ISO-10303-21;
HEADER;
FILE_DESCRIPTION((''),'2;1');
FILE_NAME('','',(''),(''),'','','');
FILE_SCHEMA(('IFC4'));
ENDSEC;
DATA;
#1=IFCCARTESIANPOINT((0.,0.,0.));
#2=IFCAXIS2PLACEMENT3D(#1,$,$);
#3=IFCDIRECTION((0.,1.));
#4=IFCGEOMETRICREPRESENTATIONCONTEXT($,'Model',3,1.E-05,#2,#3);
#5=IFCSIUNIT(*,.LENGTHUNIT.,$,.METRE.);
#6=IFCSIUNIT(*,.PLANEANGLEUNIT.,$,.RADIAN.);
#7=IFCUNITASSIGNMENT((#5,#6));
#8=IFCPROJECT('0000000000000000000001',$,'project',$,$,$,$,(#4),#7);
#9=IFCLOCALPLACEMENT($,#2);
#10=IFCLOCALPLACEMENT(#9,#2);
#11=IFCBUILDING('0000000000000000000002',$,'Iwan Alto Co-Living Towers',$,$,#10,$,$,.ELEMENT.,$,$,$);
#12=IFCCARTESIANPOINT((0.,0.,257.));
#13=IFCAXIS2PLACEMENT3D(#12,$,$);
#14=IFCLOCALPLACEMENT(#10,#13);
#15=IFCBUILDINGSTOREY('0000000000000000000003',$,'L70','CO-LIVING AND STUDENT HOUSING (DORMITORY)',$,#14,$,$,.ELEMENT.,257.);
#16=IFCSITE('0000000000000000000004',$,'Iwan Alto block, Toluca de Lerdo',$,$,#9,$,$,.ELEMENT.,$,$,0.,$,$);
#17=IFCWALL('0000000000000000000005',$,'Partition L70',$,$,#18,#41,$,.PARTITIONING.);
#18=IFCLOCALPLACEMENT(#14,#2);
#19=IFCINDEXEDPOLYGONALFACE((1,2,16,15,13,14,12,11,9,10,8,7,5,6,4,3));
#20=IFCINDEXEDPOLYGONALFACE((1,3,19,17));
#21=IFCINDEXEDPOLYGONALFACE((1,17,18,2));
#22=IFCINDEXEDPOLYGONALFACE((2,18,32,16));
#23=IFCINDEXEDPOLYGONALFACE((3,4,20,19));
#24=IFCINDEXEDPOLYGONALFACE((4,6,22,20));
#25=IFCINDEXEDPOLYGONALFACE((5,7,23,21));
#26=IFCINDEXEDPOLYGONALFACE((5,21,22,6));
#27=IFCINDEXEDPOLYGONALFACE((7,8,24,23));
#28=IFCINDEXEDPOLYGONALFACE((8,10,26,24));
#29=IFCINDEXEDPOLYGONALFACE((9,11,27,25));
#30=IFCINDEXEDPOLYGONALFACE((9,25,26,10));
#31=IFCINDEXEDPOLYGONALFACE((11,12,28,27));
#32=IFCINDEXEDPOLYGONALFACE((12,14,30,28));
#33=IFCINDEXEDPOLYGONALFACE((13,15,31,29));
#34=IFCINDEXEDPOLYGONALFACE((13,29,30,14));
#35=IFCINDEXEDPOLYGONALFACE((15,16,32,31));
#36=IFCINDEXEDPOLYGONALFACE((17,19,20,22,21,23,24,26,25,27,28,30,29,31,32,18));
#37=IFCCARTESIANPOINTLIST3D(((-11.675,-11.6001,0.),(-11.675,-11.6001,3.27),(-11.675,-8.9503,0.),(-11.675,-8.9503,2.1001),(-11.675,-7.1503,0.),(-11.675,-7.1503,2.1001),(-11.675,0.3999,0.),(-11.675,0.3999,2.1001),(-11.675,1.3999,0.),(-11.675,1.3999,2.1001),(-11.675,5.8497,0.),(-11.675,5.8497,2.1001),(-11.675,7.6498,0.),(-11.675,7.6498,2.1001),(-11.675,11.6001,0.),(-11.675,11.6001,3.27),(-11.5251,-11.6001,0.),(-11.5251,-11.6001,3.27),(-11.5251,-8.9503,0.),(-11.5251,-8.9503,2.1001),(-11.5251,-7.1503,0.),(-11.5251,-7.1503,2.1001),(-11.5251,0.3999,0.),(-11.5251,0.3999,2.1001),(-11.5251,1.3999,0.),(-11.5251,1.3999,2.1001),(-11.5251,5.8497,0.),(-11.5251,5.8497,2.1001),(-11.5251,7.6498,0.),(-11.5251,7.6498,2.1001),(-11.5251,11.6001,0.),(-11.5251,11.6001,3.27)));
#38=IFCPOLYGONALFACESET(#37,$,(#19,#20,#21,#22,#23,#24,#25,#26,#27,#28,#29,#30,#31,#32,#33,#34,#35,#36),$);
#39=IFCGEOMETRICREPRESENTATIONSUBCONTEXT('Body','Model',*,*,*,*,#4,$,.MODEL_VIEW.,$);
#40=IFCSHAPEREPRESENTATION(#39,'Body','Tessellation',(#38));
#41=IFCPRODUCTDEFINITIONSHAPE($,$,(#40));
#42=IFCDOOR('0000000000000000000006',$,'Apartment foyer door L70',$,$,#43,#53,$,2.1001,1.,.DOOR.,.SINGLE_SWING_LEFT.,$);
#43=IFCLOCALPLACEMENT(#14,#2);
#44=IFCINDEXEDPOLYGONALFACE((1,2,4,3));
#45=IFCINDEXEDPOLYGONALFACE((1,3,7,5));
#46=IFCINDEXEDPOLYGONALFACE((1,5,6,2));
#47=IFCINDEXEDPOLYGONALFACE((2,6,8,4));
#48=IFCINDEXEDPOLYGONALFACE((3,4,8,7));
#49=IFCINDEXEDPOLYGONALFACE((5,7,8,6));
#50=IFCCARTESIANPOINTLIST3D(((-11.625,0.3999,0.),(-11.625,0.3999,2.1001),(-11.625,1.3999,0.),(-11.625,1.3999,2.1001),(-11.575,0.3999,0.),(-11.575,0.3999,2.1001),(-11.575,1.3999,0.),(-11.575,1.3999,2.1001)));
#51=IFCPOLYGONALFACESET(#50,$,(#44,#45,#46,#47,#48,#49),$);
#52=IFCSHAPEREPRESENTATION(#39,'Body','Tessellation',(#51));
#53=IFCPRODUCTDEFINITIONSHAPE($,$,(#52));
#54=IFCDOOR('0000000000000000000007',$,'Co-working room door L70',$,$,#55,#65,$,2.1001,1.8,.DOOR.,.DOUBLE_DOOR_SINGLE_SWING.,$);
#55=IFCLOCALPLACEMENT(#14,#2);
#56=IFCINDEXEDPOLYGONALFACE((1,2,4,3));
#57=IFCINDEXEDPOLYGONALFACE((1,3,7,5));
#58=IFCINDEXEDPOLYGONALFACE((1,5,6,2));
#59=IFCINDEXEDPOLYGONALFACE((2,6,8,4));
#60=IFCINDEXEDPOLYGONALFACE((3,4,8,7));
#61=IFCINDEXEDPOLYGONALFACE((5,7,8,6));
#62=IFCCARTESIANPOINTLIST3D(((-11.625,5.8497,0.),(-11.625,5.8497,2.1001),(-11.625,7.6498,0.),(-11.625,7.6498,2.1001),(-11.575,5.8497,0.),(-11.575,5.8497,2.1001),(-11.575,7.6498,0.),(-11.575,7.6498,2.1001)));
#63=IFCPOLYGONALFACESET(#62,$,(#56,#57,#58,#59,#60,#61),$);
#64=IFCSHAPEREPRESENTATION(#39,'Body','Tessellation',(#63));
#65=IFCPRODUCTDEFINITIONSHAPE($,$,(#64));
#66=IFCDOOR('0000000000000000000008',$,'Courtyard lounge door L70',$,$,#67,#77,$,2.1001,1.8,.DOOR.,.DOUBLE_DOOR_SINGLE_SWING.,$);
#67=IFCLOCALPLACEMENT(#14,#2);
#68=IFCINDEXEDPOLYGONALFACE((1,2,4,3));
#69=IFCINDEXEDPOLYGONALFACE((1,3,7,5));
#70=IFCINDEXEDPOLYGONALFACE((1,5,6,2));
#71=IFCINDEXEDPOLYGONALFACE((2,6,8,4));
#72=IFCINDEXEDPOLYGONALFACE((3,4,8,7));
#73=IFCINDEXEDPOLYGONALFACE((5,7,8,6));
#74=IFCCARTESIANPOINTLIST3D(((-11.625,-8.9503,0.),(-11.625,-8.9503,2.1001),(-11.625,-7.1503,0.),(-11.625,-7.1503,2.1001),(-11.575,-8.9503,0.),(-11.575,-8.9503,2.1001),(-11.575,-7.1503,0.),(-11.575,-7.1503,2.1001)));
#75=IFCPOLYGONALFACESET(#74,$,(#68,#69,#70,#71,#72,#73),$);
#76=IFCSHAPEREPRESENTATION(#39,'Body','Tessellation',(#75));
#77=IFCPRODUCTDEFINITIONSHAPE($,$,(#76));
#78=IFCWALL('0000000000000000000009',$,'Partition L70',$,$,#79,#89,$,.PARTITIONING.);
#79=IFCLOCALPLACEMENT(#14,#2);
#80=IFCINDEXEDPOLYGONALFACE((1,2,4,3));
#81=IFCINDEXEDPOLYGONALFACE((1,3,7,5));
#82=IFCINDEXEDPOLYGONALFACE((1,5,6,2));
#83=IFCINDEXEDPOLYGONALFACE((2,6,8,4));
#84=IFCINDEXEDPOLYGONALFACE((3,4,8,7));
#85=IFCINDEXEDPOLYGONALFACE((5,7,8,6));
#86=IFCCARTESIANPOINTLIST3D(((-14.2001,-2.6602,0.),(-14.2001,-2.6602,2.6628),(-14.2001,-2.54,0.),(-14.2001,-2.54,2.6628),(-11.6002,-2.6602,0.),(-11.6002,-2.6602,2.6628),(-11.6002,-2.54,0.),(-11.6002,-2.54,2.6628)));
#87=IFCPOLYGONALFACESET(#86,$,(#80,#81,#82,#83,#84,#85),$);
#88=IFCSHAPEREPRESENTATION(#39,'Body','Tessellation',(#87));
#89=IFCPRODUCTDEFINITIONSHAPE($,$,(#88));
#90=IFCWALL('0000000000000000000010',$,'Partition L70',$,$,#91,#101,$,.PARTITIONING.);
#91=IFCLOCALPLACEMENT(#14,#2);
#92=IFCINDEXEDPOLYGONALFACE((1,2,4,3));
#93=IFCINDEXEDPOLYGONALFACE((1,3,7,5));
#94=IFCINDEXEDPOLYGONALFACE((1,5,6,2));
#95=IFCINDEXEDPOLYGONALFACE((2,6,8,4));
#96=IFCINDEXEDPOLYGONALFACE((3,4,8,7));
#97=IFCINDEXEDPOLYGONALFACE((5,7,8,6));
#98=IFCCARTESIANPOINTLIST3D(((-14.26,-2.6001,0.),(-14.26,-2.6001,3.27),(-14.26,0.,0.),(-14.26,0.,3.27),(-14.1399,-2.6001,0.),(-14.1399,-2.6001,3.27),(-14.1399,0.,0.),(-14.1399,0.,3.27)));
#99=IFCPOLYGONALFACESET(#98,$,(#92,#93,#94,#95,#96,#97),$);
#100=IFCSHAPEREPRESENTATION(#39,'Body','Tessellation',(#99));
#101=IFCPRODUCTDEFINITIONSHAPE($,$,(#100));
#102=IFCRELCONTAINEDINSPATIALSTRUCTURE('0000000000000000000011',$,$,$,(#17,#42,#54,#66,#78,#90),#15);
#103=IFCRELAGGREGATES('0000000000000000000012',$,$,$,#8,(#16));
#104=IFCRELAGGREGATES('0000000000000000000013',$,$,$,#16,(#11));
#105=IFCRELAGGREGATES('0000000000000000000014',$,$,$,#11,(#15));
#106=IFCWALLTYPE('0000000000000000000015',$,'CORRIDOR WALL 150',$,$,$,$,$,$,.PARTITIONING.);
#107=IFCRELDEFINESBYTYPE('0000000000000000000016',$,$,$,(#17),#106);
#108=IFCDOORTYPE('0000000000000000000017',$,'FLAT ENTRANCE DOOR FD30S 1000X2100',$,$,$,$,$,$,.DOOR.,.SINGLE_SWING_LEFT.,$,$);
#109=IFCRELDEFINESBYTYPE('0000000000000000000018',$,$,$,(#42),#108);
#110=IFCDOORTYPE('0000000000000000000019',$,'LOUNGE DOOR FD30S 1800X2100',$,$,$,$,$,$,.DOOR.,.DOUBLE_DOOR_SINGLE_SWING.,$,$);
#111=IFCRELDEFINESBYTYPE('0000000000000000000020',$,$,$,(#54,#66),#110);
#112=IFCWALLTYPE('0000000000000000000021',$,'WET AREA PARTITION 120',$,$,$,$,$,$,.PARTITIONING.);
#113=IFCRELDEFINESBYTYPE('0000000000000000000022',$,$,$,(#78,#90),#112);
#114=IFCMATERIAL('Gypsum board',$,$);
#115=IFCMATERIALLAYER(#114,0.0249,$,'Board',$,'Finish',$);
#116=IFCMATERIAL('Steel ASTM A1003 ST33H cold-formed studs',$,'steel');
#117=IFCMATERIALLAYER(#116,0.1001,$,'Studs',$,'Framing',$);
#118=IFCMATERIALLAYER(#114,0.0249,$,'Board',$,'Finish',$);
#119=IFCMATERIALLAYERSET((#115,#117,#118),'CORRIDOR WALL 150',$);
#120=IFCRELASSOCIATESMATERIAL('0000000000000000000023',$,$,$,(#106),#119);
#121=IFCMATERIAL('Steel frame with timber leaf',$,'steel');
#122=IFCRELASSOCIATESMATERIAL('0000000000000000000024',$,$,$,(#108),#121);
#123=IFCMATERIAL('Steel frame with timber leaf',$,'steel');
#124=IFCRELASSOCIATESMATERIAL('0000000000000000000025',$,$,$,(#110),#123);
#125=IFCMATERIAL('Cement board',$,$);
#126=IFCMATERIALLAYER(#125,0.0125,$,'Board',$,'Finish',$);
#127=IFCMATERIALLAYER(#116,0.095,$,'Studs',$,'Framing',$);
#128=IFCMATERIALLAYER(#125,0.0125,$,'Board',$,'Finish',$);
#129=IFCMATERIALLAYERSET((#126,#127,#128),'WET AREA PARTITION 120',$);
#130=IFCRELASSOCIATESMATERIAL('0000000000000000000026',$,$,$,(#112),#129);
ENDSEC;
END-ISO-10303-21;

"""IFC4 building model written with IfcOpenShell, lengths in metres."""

from ifc_helpers import new_model, si_unit, direction, frame, frame_2d, origin, place, context, subcontext, project, spatial, rectangle, extrude, material, layer, layer_set, type_object, element, fill, save


model = new_model("IFC4")

# Units and contexts
model_context = context("Model", 3, precision=1e-05, world=origin(), true_north=direction((0.0, 1.0)))
body_context = subcontext(model_context, "Body", "Model", "MODEL_VIEW")
ifc_project = project(units=[si_unit("LENGTHUNIT", "METRE"), si_unit("PLANEANGLEUNIT", "RADIAN")], contexts=[model_context])

# Site, building, storey
site_placement = place(None, origin())
site = spatial("IfcSite", under=ifc_project, at=site_placement, Name="Iwan Alto block, Toluca de Lerdo", CompositionType="ELEMENT", RefElevation=0.0)
building_placement = place(site_placement, origin())
building = spatial("IfcBuilding", under=site, at=building_placement, Name="Iwan Alto Co-Living Towers", CompositionType="ELEMENT")
storey_placement = place(building_placement, frame((0.0, 0.0, 257.0)))
storey = spatial("IfcBuildingStorey", under=building, at=storey_placement, Name="L70", Description="CO-LIVING AND STUDENT HOUSING (DORMITORY)", CompositionType="ELEMENT", Elevation=257.0)

# Wall, openings, doors
ifc_material_1 = material(Name="Gypsum board")
ifc_layer_1 = layer(ifc_material_1, 0.0249, Name="Board", Category="Finish")
ifc_material_2 = material(Name="Steel ASTM A1003 ST33H cold-formed studs", Category="steel")
ifc_layer_2 = layer(ifc_material_2, 0.1001, Name="Studs", Category="Framing")
ifc_layer_3 = layer(ifc_material_1, 0.0249, Name="Board", Category="Finish")
ifc_layer_set_1 = layer_set([ifc_layer_1, ifc_layer_2, ifc_layer_3], Name="CORRIDOR WALL 150")
wall_type_1 = type_object("IfcWallType", Name="CORRIDOR WALL 150", PredefinedType="PARTITIONING", material=ifc_layer_set_1)
ifc_material_3 = material(Name="Steel frame with timber leaf", Category="steel")
door_type_1 = type_object("IfcDoorType", Name="FLAT ENTRANCE DOOR FD30S 1000X2100", OperationType="SINGLE_SWING_LEFT", PredefinedType="DOOR", material=ifc_material_3)
wall_1_placement = place(storey_placement, frame((-11.6001, -11.6001, 0.0), z_axis=(0.0, 0.0, 1.0), x_axis=(0.0, 1.0, 0.0)))
wall_1 = element("IfcWall", 1, at=wall_1_placement, inside=storey, type_object=wall_type_1, Name="Partition L70", PredefinedType="PARTITIONING", context=body_context, shape_type="SweptSolid", body=[
    extrude(rectangle(XDim=23.2002, YDim=0.1499, at=frame_2d((11.6001, 0.0))), origin(), (0.0, 0.0, 1.0), 3.27),
])
opening_1_placement = place(wall_1_placement, frame((17.45, 0.0, 0.0)))
opening_1 = element("IfcOpeningElement", 2, at=opening_1_placement, cuts=wall_1, PredefinedType="OPENING", context=body_context, shape_type="SweptSolid", body=[
    extrude(rectangle(XDim=1.8, YDim=2.1001, at=frame_2d((0.8999, 1.05))), frame((0.0, 0.085, 0.0), z_axis=(0.0, -1.0, 0.0), x_axis=(1.0, 0.0, 0.0)), (0.0, 0.0, 1.0), 0.1699),
])
opening_2_placement = place(wall_1_placement, frame((12.0, 0.0, 0.0)))
opening_2 = element("IfcOpeningElement", 3, at=opening_2_placement, cuts=wall_1, PredefinedType="OPENING", context=body_context, shape_type="SweptSolid", body=[
    extrude(rectangle(XDim=1.0, YDim=2.1001, at=frame_2d((0.5, 1.05))), frame((0.0, 0.085, 0.0), z_axis=(0.0, -1.0, 0.0), x_axis=(1.0, 0.0, 0.0)), (0.0, 0.0, 1.0), 0.1699),
])
opening_3_placement = place(wall_1_placement, frame((2.6499, 0.0, 0.0)))
opening_3 = element("IfcOpeningElement", 4, at=opening_3_placement, cuts=wall_1, PredefinedType="OPENING", context=body_context, shape_type="SweptSolid", body=[
    extrude(rectangle(XDim=1.8, YDim=2.1001, at=frame_2d((0.8999, 1.05))), frame((0.0, 0.085, 0.0), z_axis=(0.0, -1.0, 0.0), x_axis=(1.0, 0.0, 0.0)), (0.0, 0.0, 1.0), 0.1699),
])
door_1_placement = place(opening_2_placement, origin())
door_1 = element("IfcDoor", 5, at=door_1_placement, inside=storey, type_object=door_type_1, Name="Apartment foyer door L70", OperationType="SINGLE_SWING_LEFT", OverallHeight=2.1001, OverallWidth=1.0, PredefinedType="DOOR", context=body_context, shape_type="SweptSolid", body=[
    extrude(rectangle(XDim=1.0, YDim=2.1001, at=frame_2d((0.5, 1.05))), frame((0.0, 0.0249, 0.0), z_axis=(0.0, -1.0, 0.0), x_axis=(1.0, 0.0, 0.0)), (0.0, 0.0, 1.0), 0.05),
])
fill(opening_2, door_1)
ifc_material_4 = material(Name="Steel frame with timber leaf", Category="steel")
door_type_2 = type_object("IfcDoorType", Name="LOUNGE DOOR FD30S 1800X2100", OperationType="DOUBLE_DOOR_SINGLE_SWING", PredefinedType="DOOR", material=ifc_material_4)
door_2_placement = place(opening_1_placement, origin())
door_2 = element("IfcDoor", 6, at=door_2_placement, inside=storey, type_object=door_type_2, Name="Co-working room door L70", OperationType="DOUBLE_DOOR_SINGLE_SWING", OverallHeight=2.1001, OverallWidth=1.8, PredefinedType="DOOR", context=body_context, shape_type="SweptSolid", body=[
    extrude(rectangle(XDim=1.8, YDim=2.1001, at=frame_2d((0.8999, 1.05))), frame((0.0, 0.0249, 0.0), z_axis=(0.0, -1.0, 0.0), x_axis=(1.0, 0.0, 0.0)), (0.0, 0.0, 1.0), 0.05),
])
fill(opening_1, door_2)
door_3_placement = place(opening_3_placement, origin())
door_3 = element("IfcDoor", 7, at=door_3_placement, inside=storey, type_object=door_type_2, Name="Courtyard lounge door L70", OperationType="DOUBLE_DOOR_SINGLE_SWING", OverallHeight=2.1001, OverallWidth=1.8, PredefinedType="DOOR", context=body_context, shape_type="SweptSolid", body=[
    extrude(rectangle(XDim=1.8, YDim=2.1001, at=frame_2d((0.8999, 1.05))), frame((0.0, 0.0249, 0.0), z_axis=(0.0, -1.0, 0.0), x_axis=(1.0, 0.0, 0.0)), (0.0, 0.0, 1.0), 0.05),
])
fill(opening_3, door_3)

# Walls
ifc_material_5 = material(Name="Cement board")
ifc_layer_4 = layer(ifc_material_5, 0.0125, Name="Board", Category="Finish")
ifc_layer_5 = layer(ifc_material_2, 0.095, Name="Studs", Category="Framing")
ifc_layer_6 = layer(ifc_material_5, 0.0125, Name="Board", Category="Finish")
ifc_layer_set_2 = layer_set([ifc_layer_4, ifc_layer_5, ifc_layer_6], Name="WET AREA PARTITION 120")
wall_type_2 = type_object("IfcWallType", Name="WET AREA PARTITION 120", PredefinedType="PARTITIONING", material=ifc_layer_set_2)
wall_2_placement = place(storey_placement, frame((-14.2, -2.6001, 0.0), z_axis=(0.0, 0.0, 1.0), x_axis=(1.0, 0.0, 0.0)))
element("IfcWall", 8, at=wall_2_placement, inside=storey, type_object=wall_type_2, Name="Partition L70", PredefinedType="PARTITIONING", context=body_context, shape_type="SweptSolid", body=[
    extrude(rectangle(XDim=2.5999, YDim=0.1201, at=frame_2d((1.2998, 0.0))), origin(), (0.0, 0.0, 1.0), 2.6628),
])
wall_3_placement = place(storey_placement, frame((-14.2, -2.6001, 0.0), z_axis=(0.0, 0.0, 1.0), x_axis=(0.0, 1.0, 0.0)))
element("IfcWall", 9, at=wall_3_placement, inside=storey, type_object=wall_type_2, Name="Partition L70", PredefinedType="PARTITIONING", context=body_context, shape_type="SweptSolid", body=[
    extrude(rectangle(XDim=2.6001, YDim=0.1201, at=frame_2d((1.3, 0.0))), origin(), (0.0, 0.0, 1.0), 3.27),
])

save(model, "model.ifc")
